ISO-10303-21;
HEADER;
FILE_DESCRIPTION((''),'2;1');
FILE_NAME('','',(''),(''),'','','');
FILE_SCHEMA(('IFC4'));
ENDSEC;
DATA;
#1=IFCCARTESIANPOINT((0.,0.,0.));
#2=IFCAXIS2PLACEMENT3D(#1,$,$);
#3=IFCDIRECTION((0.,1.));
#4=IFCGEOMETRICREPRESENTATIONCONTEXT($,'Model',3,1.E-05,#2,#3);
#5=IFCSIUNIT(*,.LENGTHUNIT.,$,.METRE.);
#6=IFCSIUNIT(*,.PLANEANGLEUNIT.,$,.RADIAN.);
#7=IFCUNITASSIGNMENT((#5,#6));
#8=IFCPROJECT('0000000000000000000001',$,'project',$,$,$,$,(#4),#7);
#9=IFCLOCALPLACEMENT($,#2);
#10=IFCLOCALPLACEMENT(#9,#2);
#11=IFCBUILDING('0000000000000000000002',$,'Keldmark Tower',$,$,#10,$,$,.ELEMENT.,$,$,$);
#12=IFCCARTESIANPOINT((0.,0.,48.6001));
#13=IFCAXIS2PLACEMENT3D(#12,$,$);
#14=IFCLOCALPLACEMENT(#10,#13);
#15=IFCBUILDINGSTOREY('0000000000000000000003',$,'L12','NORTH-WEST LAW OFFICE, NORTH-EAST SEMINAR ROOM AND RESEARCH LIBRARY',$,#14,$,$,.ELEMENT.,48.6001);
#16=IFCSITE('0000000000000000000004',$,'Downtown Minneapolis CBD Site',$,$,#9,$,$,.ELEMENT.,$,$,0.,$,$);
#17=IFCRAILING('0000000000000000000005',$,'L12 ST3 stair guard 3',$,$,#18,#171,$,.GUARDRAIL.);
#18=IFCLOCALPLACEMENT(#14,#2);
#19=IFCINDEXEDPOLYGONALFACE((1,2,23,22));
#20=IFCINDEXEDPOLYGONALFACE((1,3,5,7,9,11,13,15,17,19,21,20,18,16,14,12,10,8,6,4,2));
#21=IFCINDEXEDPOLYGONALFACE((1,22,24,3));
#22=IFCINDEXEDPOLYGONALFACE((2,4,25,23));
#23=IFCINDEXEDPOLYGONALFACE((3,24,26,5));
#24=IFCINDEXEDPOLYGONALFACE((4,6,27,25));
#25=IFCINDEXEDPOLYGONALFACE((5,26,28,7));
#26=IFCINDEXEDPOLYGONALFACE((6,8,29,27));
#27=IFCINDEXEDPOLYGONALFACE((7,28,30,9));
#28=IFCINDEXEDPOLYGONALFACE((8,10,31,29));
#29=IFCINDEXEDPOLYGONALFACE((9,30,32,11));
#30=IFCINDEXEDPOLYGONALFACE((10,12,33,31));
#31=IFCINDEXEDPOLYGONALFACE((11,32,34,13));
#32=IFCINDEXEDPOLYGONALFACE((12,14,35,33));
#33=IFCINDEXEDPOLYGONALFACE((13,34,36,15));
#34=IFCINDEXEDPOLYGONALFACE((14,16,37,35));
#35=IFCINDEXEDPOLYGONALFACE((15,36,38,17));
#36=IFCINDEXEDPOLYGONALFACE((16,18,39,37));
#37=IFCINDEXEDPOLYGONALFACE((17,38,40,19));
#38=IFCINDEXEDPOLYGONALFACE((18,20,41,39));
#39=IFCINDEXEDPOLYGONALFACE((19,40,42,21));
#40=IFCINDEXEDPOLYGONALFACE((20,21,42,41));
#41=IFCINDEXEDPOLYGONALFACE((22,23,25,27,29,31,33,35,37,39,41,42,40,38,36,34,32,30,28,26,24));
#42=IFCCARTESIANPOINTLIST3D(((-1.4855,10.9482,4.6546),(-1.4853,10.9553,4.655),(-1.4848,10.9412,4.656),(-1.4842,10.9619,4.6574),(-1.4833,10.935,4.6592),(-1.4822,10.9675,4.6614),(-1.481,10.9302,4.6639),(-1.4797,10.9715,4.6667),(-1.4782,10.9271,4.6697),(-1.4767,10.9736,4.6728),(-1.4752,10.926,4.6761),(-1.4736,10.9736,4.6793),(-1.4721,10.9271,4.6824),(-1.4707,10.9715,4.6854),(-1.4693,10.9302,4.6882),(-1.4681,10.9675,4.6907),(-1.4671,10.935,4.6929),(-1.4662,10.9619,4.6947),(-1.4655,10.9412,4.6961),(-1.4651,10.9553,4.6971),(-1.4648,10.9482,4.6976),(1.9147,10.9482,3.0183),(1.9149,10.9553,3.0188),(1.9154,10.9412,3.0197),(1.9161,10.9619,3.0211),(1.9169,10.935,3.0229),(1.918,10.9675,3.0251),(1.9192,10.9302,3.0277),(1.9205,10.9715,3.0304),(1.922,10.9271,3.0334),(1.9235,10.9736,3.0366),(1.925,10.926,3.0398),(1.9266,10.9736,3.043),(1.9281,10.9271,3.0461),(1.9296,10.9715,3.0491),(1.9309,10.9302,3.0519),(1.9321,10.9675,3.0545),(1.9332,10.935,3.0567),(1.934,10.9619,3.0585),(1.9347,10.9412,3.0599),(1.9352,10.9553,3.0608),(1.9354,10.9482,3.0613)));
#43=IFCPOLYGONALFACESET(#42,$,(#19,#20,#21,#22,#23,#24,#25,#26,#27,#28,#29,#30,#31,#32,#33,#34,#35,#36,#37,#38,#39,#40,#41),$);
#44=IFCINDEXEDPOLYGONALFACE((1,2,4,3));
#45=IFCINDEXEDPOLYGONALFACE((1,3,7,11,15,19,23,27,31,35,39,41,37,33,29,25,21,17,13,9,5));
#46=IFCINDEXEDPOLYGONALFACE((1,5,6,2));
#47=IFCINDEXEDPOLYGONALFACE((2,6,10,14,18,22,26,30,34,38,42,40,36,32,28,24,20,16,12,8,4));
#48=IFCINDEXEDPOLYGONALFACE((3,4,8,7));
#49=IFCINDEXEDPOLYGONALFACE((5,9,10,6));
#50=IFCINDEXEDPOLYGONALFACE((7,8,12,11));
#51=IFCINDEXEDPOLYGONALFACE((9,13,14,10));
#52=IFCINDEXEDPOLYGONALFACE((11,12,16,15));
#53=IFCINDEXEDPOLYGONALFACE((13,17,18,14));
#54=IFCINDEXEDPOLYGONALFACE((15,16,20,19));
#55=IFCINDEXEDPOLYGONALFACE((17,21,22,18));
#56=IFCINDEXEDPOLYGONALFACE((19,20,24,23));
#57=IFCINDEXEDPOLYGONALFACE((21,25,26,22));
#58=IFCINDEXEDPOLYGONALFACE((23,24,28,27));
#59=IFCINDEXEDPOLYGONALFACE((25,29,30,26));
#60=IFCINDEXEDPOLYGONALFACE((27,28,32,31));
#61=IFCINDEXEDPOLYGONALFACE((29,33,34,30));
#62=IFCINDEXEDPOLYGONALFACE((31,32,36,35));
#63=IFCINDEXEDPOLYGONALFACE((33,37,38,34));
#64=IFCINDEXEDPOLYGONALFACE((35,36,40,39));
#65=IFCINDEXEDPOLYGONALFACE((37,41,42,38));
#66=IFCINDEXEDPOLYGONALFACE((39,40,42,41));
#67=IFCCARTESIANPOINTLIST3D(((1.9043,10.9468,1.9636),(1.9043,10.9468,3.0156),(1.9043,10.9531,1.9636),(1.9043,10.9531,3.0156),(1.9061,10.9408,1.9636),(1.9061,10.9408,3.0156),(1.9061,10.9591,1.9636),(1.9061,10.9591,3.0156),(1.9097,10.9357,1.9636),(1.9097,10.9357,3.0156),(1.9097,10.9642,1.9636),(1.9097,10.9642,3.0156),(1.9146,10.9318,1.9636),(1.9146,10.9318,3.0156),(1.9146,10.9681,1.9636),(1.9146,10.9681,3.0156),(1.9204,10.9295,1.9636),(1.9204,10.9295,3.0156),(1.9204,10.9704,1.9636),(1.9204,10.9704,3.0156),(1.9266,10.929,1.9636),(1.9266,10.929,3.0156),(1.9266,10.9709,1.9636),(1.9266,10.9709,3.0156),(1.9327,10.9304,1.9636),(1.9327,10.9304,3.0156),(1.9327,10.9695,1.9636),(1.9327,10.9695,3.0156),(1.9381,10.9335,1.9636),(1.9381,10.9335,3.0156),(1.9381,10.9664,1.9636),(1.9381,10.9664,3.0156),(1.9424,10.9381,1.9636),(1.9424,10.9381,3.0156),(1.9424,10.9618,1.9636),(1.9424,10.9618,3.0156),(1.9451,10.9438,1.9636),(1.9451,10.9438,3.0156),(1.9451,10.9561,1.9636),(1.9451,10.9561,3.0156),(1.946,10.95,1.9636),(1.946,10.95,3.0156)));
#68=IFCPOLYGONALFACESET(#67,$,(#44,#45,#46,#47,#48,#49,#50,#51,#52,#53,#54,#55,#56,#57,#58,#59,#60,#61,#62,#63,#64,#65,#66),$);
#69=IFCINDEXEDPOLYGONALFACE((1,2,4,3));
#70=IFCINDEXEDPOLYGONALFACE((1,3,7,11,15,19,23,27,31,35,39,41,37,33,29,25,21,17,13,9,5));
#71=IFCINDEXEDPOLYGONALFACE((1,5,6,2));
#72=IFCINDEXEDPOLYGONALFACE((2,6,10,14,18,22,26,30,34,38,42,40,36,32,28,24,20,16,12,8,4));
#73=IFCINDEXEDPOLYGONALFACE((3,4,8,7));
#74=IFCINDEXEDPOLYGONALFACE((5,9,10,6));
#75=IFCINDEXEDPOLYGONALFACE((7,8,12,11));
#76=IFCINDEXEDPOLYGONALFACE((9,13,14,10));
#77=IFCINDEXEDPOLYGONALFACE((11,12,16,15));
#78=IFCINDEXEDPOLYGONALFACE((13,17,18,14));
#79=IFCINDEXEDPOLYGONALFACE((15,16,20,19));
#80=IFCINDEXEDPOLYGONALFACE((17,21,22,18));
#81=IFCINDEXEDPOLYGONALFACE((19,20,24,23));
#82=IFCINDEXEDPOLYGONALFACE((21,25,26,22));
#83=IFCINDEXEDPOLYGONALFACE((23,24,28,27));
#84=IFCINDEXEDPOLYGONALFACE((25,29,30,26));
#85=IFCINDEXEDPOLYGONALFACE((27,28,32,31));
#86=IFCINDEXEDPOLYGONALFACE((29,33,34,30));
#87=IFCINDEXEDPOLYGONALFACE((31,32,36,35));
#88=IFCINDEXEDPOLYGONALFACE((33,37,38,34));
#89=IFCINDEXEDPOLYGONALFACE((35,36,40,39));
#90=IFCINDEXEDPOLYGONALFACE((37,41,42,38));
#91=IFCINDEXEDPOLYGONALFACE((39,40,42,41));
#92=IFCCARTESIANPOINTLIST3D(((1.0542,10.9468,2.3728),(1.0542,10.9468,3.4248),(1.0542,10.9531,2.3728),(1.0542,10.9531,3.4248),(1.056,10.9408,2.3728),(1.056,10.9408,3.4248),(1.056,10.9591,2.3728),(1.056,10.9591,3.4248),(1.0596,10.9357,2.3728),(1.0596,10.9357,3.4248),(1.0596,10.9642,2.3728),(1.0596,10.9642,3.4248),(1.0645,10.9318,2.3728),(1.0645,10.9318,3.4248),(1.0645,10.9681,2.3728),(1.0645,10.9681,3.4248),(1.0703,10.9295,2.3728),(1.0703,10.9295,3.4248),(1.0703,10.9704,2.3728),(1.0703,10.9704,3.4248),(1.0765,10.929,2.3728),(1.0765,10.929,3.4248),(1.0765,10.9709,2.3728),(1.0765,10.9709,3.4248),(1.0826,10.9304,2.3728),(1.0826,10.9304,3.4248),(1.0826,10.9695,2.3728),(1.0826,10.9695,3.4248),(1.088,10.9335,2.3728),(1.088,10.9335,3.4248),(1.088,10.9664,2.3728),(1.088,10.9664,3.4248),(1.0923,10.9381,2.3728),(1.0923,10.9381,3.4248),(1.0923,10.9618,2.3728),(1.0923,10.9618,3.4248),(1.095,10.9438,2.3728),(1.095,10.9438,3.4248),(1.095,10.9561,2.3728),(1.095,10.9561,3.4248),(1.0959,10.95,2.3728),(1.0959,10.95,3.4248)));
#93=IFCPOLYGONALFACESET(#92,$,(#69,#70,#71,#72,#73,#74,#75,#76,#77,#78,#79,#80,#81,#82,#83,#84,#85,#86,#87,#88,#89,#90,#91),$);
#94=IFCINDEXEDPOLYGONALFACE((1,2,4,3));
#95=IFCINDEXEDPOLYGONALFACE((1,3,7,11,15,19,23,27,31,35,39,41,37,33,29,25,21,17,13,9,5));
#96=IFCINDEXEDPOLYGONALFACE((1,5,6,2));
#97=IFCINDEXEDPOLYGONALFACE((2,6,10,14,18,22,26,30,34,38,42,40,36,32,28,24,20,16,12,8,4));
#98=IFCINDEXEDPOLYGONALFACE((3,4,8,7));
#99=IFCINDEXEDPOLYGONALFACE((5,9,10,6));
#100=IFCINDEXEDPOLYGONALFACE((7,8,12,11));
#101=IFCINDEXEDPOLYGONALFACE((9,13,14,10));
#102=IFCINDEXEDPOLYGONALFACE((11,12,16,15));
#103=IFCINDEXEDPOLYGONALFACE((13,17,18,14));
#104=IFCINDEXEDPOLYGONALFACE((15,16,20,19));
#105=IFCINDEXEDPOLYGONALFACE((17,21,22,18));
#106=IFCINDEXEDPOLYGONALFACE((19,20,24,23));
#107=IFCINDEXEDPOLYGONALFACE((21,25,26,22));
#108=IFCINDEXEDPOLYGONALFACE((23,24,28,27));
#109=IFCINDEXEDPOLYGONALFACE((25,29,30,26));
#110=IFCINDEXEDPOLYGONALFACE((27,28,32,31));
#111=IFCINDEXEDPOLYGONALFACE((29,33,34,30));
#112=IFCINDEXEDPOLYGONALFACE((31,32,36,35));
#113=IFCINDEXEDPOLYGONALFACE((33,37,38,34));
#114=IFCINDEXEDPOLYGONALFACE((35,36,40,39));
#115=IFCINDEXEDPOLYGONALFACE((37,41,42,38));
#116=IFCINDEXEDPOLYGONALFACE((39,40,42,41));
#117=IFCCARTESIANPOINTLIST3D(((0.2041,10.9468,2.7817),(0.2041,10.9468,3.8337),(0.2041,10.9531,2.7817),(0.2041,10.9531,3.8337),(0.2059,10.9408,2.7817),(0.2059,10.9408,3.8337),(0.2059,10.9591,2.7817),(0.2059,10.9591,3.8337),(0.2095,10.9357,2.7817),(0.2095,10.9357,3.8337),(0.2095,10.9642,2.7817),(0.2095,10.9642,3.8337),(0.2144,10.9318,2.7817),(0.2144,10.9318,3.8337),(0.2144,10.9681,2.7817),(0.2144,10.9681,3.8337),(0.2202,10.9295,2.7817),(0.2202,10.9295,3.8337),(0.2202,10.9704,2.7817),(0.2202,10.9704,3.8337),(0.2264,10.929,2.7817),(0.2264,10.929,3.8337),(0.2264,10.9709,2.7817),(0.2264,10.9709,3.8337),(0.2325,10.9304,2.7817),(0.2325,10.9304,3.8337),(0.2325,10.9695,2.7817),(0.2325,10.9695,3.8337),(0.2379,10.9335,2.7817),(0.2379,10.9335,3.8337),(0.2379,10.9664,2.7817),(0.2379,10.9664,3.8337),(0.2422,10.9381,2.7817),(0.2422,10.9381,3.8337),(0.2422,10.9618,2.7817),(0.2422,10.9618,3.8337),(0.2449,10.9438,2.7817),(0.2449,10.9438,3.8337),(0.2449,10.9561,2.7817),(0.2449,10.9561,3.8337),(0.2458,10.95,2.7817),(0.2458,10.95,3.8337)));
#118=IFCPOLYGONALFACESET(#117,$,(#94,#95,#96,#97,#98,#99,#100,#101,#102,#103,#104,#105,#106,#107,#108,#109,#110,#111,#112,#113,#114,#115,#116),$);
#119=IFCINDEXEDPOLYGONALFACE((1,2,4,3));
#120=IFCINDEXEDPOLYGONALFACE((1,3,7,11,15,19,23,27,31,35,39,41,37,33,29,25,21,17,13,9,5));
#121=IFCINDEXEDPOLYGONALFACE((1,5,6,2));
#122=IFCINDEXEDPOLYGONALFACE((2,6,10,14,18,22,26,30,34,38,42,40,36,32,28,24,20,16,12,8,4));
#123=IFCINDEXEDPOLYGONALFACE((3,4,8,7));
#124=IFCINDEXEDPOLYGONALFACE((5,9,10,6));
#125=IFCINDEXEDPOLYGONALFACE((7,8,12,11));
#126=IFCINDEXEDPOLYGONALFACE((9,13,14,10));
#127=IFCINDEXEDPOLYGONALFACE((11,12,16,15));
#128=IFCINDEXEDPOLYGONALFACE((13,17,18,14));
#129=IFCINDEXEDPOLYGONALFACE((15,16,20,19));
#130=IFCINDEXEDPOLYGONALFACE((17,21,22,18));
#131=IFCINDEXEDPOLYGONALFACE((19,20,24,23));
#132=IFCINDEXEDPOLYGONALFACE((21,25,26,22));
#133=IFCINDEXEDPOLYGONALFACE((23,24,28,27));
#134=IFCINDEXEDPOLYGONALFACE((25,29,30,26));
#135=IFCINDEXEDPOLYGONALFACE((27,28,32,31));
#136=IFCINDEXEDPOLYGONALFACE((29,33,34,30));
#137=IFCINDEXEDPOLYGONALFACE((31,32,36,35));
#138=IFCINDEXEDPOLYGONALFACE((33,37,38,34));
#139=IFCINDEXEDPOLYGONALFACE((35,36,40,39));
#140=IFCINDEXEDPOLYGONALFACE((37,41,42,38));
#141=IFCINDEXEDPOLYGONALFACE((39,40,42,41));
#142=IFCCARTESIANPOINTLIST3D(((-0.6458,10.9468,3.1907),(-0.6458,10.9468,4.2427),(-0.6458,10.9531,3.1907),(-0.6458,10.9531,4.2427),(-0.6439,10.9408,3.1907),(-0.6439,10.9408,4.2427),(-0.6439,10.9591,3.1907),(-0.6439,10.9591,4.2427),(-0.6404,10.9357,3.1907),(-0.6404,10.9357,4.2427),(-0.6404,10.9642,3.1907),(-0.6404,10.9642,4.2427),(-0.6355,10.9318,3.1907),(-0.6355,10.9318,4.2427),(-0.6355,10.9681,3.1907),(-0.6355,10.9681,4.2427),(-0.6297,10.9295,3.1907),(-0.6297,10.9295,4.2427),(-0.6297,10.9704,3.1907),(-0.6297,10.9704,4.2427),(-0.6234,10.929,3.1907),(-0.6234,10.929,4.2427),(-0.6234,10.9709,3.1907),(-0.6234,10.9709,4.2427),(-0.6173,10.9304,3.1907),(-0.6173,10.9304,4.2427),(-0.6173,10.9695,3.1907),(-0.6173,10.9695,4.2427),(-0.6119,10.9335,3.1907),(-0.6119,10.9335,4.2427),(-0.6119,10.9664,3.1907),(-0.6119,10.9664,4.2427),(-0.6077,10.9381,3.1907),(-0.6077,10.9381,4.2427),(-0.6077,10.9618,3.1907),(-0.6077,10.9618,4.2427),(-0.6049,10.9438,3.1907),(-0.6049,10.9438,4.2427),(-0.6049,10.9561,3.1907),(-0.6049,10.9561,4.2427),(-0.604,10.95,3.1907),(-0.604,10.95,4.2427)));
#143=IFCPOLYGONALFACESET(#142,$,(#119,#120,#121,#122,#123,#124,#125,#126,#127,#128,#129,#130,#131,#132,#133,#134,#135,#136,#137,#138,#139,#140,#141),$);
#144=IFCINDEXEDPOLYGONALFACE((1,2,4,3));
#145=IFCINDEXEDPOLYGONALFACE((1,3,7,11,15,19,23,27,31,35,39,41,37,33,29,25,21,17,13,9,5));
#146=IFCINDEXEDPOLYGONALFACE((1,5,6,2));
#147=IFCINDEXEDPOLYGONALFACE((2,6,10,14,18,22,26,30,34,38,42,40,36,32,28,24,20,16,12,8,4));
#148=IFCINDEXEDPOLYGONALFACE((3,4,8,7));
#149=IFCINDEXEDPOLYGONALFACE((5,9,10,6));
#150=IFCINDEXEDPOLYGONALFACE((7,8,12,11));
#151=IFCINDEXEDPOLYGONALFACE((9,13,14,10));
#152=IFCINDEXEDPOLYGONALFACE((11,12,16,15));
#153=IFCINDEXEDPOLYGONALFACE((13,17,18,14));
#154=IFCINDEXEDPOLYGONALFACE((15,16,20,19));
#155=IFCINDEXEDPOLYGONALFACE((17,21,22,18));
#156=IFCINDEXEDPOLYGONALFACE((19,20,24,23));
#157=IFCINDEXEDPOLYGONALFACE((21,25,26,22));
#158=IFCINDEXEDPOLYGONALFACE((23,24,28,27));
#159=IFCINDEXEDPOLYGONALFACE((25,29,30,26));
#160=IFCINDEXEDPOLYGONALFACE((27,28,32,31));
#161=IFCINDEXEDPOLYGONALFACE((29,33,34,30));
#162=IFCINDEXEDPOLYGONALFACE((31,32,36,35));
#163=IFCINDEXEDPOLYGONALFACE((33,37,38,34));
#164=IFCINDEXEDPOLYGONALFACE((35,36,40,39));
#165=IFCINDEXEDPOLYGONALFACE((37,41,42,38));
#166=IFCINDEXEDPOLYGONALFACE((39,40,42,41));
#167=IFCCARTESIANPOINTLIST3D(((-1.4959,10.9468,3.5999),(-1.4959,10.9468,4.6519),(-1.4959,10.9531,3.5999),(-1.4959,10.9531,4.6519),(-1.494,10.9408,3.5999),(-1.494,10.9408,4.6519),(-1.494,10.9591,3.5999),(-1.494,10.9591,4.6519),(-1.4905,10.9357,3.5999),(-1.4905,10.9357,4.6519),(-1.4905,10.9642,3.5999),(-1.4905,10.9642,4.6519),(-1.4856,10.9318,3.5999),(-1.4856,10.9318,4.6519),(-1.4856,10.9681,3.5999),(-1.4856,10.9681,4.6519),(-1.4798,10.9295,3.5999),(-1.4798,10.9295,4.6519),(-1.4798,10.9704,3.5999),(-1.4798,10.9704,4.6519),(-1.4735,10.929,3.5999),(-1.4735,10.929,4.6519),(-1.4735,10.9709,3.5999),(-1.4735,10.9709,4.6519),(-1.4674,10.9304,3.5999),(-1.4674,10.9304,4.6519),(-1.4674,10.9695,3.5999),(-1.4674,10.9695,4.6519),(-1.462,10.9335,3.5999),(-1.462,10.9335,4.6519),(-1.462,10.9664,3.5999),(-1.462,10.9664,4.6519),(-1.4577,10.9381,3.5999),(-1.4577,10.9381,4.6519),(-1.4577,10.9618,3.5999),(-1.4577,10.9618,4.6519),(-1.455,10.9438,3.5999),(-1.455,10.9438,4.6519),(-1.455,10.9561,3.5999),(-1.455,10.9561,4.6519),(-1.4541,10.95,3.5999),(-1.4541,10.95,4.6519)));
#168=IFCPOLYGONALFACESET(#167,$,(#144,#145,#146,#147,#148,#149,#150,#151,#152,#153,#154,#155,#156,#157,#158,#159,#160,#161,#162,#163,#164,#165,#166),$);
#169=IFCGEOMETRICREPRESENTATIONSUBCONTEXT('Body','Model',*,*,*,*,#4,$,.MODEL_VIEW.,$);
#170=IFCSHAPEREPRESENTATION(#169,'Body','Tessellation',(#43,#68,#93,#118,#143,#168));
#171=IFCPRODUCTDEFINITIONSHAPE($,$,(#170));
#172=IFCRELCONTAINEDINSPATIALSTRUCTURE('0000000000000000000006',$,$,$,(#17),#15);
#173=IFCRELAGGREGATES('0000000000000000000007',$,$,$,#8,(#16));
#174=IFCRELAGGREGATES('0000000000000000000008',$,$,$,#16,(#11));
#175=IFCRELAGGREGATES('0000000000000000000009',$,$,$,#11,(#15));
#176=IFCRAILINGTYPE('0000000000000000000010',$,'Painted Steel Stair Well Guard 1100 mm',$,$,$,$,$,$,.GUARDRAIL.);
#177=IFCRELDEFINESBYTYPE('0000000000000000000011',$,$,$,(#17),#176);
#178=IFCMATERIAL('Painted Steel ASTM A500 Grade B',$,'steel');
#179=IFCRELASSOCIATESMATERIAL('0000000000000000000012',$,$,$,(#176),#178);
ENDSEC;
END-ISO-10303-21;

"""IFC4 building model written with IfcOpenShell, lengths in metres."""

from ifc_helpers import new_model, si_unit, direction, frame, origin, origin_2d, place, context, subcontext, project, spatial, circle, extrude, material, type_object, element, save


model = new_model("IFC4")

# Units and contexts
model_context = context("Model", 3, precision=1e-05, world=origin(), true_north=direction((0.0, 1.0)))
body_context = subcontext(model_context, "Body", "Model", "MODEL_VIEW")
ifc_project = project(units=[si_unit("LENGTHUNIT", "METRE"), si_unit("PLANEANGLEUNIT", "RADIAN")], contexts=[model_context])

# Site, building, storey
site_placement = place(None, origin())
site = spatial("IfcSite", under=ifc_project, at=site_placement, Name="Downtown Minneapolis CBD Site", CompositionType="ELEMENT", RefElevation=0.0)
building_placement = place(site_placement, origin())
building = spatial("IfcBuilding", under=site, at=building_placement, Name="Keldmark Tower", CompositionType="ELEMENT")
storey_placement = place(building_placement, frame((0.0, 0.0, 48.6001)))
storey = spatial("IfcBuildingStorey", under=building, at=storey_placement, Name="L12", Description="NORTH-WEST LAW OFFICE, NORTH-EAST SEMINAR ROOM AND RESEARCH LIBRARY", CompositionType="ELEMENT", Elevation=48.6001)

# Railing
ifc_material_1 = material(Name="Painted Steel ASTM A500 Grade B", Category="steel")
railing_type_1 = type_object("IfcRailingType", Name="Painted Steel Stair Well Guard 1100 mm", PredefinedType="GUARDRAIL", material=ifc_material_1)
railing_1_placement = place(storey_placement, frame((1.925, 10.95, 1.9636)))
element("IfcRailing", 1, at=railing_1_placement, inside=storey, type_object=railing_type_1, Name="L12 ST3 stair guard 3", PredefinedType="GUARDRAIL", context=body_context, shape_type="SweptSolid", body=[
    extrude(circle(Radius=0.0239, at=origin_2d()), frame((0.0, 0.0, 1.0762), z_axis=(-0.901093, 0.0, 0.433627), x_axis=(0.0, -1.0, 0.0)), (0.0, 0.0, 1.0), 3.7734),
    extrude(circle(Radius=0.021, at=origin_2d()), origin(), (0.0, 0.0, 1.0), 1.052),
    extrude(circle(Radius=0.021, at=origin_2d()), frame((-0.8501, 0.0, 0.4092)), (0.0, 0.0, 1.0), 1.052),
    extrude(circle(Radius=0.021, at=origin_2d()), frame((-1.7002, 0.0, 0.8181)), (0.0, 0.0, 1.0), 1.052),
    extrude(circle(Radius=0.021, at=origin_2d()), frame((-2.55, 0.0, 1.2271)), (0.0, 0.0, 1.0), 1.052),
    extrude(circle(Radius=0.021, at=origin_2d()), frame((-3.4001, 0.0, 1.6362)), (0.0, 0.0, 1.0), 1.052),
])

save(model, "model.ifc")
